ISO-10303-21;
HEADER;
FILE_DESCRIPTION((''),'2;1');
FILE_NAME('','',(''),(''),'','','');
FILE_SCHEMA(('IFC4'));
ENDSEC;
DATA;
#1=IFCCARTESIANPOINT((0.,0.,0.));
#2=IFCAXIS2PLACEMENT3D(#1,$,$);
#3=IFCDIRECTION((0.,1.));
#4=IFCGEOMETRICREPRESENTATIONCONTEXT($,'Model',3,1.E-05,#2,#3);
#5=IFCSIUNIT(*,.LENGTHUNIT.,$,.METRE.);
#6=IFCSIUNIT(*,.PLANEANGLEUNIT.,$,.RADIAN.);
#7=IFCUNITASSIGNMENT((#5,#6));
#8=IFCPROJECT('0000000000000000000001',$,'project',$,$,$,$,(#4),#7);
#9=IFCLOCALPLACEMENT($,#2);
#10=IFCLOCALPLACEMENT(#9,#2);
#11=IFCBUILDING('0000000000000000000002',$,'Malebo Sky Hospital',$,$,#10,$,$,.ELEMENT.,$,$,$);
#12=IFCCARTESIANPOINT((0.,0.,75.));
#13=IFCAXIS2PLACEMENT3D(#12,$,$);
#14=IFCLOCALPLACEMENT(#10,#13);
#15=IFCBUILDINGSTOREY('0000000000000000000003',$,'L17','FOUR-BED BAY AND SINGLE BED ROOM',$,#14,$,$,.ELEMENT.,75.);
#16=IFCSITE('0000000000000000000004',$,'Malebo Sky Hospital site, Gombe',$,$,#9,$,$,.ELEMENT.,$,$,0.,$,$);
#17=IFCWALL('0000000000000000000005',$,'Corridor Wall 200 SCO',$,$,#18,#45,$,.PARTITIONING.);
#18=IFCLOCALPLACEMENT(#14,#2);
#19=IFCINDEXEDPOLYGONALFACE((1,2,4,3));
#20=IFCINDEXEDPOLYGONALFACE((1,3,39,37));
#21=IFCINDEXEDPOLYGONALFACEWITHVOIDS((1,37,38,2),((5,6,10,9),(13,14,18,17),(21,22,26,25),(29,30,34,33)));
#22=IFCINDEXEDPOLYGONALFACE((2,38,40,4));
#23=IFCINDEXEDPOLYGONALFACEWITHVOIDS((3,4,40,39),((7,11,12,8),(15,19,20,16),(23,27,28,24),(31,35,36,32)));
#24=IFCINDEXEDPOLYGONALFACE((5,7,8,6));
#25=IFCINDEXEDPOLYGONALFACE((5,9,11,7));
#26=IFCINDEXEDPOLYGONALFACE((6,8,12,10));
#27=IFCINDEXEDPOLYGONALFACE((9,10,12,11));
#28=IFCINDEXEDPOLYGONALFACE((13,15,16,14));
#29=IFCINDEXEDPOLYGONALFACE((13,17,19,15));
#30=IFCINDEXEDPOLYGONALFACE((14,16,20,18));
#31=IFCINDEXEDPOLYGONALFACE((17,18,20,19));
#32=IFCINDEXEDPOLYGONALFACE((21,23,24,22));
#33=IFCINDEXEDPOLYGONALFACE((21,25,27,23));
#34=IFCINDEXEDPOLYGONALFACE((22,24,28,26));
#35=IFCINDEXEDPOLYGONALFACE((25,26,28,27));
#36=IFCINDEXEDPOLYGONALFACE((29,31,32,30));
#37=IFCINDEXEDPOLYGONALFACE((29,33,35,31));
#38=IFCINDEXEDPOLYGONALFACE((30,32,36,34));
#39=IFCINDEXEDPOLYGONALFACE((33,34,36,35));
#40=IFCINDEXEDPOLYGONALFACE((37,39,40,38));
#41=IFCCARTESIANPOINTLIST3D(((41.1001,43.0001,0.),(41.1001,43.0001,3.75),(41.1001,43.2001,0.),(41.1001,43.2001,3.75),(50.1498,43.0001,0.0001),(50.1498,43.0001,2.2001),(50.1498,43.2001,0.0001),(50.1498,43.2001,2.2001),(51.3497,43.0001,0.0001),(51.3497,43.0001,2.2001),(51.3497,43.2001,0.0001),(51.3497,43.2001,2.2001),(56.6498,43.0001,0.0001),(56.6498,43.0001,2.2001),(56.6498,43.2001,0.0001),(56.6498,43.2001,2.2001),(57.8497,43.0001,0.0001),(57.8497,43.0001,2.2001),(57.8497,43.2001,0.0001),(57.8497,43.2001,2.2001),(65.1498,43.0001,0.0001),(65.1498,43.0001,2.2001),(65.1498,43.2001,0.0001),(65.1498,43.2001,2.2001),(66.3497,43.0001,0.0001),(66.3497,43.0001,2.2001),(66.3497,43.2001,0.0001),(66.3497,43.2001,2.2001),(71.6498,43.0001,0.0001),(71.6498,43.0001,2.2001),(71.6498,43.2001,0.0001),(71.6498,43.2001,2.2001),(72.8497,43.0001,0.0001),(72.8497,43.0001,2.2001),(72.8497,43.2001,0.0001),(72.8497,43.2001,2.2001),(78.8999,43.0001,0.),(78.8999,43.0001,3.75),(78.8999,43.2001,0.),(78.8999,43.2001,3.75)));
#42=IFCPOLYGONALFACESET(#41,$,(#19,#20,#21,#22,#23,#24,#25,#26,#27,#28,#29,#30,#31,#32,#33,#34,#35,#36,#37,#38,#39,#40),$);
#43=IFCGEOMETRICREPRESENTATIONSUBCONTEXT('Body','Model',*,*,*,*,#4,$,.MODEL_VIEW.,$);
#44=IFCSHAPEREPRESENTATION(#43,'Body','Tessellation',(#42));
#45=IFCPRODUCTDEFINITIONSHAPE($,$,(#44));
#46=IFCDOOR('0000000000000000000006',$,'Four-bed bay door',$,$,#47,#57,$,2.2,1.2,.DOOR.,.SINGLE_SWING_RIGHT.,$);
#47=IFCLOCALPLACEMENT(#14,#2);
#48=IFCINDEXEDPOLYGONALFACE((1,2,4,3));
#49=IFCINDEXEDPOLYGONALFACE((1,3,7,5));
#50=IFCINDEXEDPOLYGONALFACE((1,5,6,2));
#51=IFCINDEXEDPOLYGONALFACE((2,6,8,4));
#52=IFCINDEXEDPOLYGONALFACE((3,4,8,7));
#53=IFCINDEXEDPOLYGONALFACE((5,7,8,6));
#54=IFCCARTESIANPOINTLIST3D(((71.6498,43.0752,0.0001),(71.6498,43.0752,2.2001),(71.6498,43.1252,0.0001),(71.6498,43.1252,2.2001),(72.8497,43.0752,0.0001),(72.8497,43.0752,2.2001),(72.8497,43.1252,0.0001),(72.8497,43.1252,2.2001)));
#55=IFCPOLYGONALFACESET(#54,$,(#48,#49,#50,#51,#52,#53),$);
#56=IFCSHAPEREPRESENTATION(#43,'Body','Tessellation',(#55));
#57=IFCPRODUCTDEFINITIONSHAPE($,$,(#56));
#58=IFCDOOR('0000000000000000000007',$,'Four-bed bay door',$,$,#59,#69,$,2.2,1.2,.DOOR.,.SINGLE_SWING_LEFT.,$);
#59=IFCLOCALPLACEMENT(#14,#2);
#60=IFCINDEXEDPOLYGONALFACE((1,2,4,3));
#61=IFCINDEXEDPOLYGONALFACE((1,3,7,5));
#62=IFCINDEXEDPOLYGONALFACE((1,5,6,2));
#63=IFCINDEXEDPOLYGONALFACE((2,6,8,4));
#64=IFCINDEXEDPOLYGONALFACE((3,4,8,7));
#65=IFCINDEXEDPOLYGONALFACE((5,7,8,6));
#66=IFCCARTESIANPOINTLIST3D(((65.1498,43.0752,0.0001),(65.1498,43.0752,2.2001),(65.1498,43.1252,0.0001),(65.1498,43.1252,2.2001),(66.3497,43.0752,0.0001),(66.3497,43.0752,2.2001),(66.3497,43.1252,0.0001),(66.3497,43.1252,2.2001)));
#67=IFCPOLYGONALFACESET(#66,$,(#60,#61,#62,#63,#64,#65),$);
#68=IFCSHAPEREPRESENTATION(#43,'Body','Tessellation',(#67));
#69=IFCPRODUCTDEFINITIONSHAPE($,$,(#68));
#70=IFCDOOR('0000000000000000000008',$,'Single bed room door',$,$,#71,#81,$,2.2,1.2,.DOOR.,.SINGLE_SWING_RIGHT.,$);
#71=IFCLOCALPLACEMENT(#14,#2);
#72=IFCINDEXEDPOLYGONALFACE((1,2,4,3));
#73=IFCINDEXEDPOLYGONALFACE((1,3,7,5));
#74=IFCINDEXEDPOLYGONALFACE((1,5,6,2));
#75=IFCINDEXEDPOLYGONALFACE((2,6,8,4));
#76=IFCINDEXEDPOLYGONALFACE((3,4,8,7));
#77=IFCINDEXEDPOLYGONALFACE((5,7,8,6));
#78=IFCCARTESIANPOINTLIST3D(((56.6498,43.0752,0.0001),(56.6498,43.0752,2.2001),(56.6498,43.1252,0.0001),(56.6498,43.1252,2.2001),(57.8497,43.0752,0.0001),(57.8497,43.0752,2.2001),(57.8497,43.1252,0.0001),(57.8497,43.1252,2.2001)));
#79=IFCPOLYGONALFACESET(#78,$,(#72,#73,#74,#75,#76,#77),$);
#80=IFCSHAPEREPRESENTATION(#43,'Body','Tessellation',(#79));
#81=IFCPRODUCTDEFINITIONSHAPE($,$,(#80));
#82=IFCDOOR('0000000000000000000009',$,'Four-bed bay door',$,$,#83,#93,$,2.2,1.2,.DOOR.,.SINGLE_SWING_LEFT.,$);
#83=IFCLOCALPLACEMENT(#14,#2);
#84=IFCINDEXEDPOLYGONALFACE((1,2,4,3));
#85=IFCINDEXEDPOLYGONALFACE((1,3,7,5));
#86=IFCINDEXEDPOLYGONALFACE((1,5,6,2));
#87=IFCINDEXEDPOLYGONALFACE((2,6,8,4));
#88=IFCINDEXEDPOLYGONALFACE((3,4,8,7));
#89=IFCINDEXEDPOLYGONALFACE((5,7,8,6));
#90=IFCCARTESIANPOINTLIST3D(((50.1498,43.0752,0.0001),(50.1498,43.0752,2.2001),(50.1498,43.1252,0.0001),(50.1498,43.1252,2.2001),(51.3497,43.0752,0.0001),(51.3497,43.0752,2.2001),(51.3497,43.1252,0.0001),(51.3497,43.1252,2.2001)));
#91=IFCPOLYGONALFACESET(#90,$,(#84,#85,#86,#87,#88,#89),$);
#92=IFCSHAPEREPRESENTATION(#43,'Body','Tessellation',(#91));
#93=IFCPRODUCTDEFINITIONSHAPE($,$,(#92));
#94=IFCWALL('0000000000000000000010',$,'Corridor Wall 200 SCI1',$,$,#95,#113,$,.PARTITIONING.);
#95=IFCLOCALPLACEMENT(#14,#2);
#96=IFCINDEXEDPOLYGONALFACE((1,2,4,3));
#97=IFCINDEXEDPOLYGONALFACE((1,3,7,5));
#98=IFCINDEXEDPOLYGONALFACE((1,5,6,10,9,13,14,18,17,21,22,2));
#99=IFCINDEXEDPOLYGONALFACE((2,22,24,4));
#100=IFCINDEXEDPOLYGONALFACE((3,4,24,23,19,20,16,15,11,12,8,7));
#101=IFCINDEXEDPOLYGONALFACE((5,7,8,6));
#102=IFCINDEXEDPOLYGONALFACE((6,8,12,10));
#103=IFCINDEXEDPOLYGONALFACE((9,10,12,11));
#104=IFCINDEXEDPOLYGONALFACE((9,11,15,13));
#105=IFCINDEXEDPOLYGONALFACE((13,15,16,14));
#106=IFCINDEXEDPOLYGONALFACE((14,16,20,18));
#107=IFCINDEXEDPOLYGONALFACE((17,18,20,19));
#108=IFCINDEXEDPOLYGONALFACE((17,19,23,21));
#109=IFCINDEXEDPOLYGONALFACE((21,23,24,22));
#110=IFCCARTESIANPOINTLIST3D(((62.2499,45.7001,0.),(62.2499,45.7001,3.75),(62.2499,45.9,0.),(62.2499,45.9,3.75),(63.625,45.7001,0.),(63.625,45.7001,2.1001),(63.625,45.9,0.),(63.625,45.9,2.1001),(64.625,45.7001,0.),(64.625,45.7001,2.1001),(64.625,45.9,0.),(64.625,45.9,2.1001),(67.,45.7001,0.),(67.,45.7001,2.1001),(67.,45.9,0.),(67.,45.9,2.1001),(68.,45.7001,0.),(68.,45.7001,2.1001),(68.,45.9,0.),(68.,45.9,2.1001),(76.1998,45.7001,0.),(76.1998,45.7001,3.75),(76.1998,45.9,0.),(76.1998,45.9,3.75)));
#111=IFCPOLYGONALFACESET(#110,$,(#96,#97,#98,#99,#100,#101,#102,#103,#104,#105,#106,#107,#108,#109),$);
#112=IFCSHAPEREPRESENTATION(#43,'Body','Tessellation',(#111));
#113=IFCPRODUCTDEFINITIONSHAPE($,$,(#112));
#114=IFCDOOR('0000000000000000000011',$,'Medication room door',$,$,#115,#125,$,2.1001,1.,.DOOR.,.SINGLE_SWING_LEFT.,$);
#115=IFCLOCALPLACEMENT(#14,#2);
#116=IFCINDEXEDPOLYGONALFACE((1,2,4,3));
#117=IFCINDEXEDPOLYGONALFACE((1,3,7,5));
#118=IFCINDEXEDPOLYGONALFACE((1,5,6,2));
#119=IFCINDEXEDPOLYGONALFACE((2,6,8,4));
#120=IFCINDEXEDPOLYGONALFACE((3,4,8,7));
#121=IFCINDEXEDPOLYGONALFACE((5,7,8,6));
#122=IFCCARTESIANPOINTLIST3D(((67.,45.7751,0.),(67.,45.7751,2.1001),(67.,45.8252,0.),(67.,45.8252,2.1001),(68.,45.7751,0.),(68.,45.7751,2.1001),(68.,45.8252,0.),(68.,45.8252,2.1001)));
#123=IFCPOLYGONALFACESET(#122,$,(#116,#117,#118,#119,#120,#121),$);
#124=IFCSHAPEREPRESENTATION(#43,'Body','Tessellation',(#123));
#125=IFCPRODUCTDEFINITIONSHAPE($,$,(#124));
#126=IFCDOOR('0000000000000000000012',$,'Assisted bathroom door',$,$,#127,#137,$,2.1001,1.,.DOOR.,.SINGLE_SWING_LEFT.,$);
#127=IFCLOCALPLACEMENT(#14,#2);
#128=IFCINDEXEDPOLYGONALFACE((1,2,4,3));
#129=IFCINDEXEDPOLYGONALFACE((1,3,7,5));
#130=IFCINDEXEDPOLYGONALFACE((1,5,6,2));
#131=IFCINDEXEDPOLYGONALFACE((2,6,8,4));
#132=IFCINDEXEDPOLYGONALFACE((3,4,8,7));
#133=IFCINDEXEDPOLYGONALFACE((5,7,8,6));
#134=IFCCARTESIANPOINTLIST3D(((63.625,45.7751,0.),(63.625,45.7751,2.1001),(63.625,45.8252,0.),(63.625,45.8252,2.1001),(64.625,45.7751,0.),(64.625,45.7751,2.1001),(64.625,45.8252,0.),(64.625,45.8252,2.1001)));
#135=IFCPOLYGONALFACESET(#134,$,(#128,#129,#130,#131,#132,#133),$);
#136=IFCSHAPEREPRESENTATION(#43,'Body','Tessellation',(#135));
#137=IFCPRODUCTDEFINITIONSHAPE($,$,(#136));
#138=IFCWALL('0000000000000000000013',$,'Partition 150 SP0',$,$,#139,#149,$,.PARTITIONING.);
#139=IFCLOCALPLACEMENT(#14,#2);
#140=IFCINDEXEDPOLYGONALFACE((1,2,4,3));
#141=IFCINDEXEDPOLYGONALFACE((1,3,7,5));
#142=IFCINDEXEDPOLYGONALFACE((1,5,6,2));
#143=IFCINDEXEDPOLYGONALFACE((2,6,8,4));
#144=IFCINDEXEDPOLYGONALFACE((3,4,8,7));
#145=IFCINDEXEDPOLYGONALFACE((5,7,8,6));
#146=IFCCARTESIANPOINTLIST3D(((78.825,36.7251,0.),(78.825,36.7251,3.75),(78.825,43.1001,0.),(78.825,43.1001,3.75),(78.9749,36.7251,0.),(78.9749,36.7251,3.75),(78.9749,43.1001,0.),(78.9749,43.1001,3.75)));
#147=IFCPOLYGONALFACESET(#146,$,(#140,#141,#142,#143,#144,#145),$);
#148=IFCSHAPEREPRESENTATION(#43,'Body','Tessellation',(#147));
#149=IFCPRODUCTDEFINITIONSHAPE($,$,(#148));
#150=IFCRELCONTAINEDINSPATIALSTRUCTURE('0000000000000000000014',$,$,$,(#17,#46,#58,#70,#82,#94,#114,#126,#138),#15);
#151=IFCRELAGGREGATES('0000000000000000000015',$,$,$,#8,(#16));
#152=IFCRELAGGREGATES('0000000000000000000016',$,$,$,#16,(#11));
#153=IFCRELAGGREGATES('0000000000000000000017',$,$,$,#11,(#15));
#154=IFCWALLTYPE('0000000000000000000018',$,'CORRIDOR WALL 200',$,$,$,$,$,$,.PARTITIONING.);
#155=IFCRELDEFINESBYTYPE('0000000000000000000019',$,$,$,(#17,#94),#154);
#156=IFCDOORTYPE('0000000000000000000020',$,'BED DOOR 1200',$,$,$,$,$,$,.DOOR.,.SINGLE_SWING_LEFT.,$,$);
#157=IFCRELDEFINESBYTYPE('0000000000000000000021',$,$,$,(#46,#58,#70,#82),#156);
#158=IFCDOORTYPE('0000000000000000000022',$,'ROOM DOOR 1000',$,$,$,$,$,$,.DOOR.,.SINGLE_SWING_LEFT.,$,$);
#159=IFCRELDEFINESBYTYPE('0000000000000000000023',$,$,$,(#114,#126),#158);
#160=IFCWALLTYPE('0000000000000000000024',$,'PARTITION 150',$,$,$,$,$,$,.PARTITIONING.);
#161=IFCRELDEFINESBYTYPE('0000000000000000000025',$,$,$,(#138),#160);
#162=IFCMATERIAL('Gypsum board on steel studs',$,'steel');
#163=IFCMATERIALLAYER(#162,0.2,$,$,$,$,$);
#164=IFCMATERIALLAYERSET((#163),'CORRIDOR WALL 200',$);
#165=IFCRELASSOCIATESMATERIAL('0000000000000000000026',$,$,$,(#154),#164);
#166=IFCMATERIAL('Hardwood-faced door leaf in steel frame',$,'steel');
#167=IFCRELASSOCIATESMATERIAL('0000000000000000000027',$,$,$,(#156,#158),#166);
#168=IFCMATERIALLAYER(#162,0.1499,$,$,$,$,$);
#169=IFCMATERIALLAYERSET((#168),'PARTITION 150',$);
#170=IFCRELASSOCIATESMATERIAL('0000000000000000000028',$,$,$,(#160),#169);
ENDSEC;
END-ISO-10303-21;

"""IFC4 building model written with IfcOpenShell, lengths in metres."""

from ifc_helpers import new_model, si_unit, direction, frame, frame_2d, origin, place, context, subcontext, project, spatial, rectangle, extrude, material, layer, layer_set, type_object, element, fill, save


model = new_model("IFC4")

# Units and contexts
model_context = context("Model", 3, precision=1e-05, world=origin(), true_north=direction((0.0, 1.0)))
body_context = subcontext(model_context, "Body", "Model", "MODEL_VIEW")
ifc_project = project(units=[si_unit("LENGTHUNIT", "METRE"), si_unit("PLANEANGLEUNIT", "RADIAN")], contexts=[model_context])

# Site, building, storey
site_placement = place(None, origin())
site = spatial("IfcSite", under=ifc_project, at=site_placement, Name="Malebo Sky Hospital site, Gombe", CompositionType="ELEMENT", RefElevation=0.0)
building_placement = place(site_placement, origin())
building = spatial("IfcBuilding", under=site, at=building_placement, Name="Malebo Sky Hospital", CompositionType="ELEMENT")
storey_placement = place(building_placement, frame((0.0, 0.0, 75.0)))
storey = spatial("IfcBuildingStorey", under=building, at=storey_placement, Name="L17", Description="FOUR-BED BAY AND SINGLE BED ROOM", CompositionType="ELEMENT", Elevation=75.0)

# Walls, openings, doors
ifc_material_1 = material(Name="Gypsum board on steel studs", Category="steel")
ifc_layer_1 = layer(ifc_material_1, 0.2)
ifc_layer_set_1 = layer_set([ifc_layer_1], Name="CORRIDOR WALL 200")
wall_type_1 = type_object("IfcWallType", Name="CORRIDOR WALL 200", PredefinedType="PARTITIONING", material=ifc_layer_set_1)
wall_1_placement = place(storey_placement, frame((78.8999, 43.1001, 0.0), z_axis=(0.0, 0.0, 1.0), x_axis=(-1.0, 0.0, 0.0)))
wall_1 = element("IfcWall", 1, at=wall_1_placement, inside=storey, type_object=wall_type_1, Name="Corridor Wall 200 SCO", PredefinedType="PARTITIONING", context=body_context, shape_type="SweptSolid", body=[
    extrude(rectangle(XDim=37.7998, YDim=0.2, at=frame_2d((18.8999, 0.0))), origin(), (0.0, 0.0, 1.0), 3.75),
])
opening_1_placement = place(wall_1_placement, frame((6.05, 0.0, 0.0)))
opening_1 = element("IfcOpeningElement", 2, at=opening_1_placement, cuts=wall_1, PredefinedType="OPENING", context=body_context, shape_type="SweptSolid", body=[
    extrude(rectangle(XDim=1.2, YDim=2.2, at=frame_2d((0.6001, 1.1001))), frame((0.0, 0.1099, 0.0), z_axis=(0.0, -1.0, 0.0), x_axis=(1.0, 0.0, 0.0)), (0.0, 0.0, 1.0), 0.22),
])
opening_2_placement = place(wall_1_placement, frame((12.55, 0.0, 0.0)))
opening_2 = element("IfcOpeningElement", 3, at=opening_2_placement, cuts=wall_1, PredefinedType="OPENING", context=body_context, shape_type="SweptSolid", body=[
    extrude(rectangle(XDim=1.2, YDim=2.2, at=frame_2d((0.6001, 1.1001))), frame((0.0, 0.1099, 0.0), z_axis=(0.0, -1.0, 0.0), x_axis=(1.0, 0.0, 0.0)), (0.0, 0.0, 1.0), 0.22),
])
opening_3_placement = place(wall_1_placement, frame((21.05, 0.0, 0.0)))
opening_3 = element("IfcOpeningElement", 4, at=opening_3_placement, cuts=wall_1, PredefinedType="OPENING", context=body_context, shape_type="SweptSolid", body=[
    extrude(rectangle(XDim=1.2, YDim=2.2, at=frame_2d((0.6001, 1.1001))), frame((0.0, 0.1099, 0.0), z_axis=(0.0, -1.0, 0.0), x_axis=(1.0, 0.0, 0.0)), (0.0, 0.0, 1.0), 0.22),
])
opening_4_placement = place(wall_1_placement, frame((27.55, 0.0, 0.0)))
opening_4 = element("IfcOpeningElement", 5, at=opening_4_placement, cuts=wall_1, PredefinedType="OPENING", context=body_context, shape_type="SweptSolid", body=[
    extrude(rectangle(XDim=1.2, YDim=2.2, at=frame_2d((0.6001, 1.1001))), frame((0.0, 0.1099, 0.0), z_axis=(0.0, -1.0, 0.0), x_axis=(1.0, 0.0, 0.0)), (0.0, 0.0, 1.0), 0.22),
])
ifc_material_2 = material(Name="Hardwood-faced door leaf in steel frame", Category="steel")
door_type_1 = type_object("IfcDoorType", Name="BED DOOR 1200", OperationType="SINGLE_SWING_LEFT", PredefinedType="DOOR", material=ifc_material_2)
door_1_placement = place(opening_1_placement, origin())
door_1 = element("IfcDoor", 6, at=door_1_placement, inside=storey, type_object=door_type_1, Name="Four-bed bay door", OperationType="SINGLE_SWING_RIGHT", OverallHeight=2.2, OverallWidth=1.2, PredefinedType="DOOR", context=body_context, shape_type="SweptSolid", body=[
    extrude(rectangle(XDim=1.2, YDim=2.2, at=frame_2d((0.6001, 1.1001))), frame((0.0, 0.0249, 0.0), z_axis=(0.0, -1.0, 0.0), x_axis=(1.0, 0.0, 0.0)), (0.0, 0.0, 1.0), 0.05),
])
fill(opening_1, door_1)
door_2_placement = place(opening_2_placement, origin())
door_2 = element("IfcDoor", 7, at=door_2_placement, inside=storey, type_object=door_type_1, Name="Four-bed bay door", OperationType="SINGLE_SWING_LEFT", OverallHeight=2.2, OverallWidth=1.2, PredefinedType="DOOR", context=body_context, shape_type="SweptSolid", body=[
    extrude(rectangle(XDim=1.2, YDim=2.2, at=frame_2d((0.6001, 1.1001))), frame((0.0, 0.0249, 0.0), z_axis=(0.0, -1.0, 0.0), x_axis=(1.0, 0.0, 0.0)), (0.0, 0.0, 1.0), 0.05),
])
fill(opening_2, door_2)
door_3_placement = place(opening_3_placement, origin())
door_3 = element("IfcDoor", 8, at=door_3_placement, inside=storey, type_object=door_type_1, Name="Single bed room door", OperationType="SINGLE_SWING_RIGHT", OverallHeight=2.2, OverallWidth=1.2, PredefinedType="DOOR", context=body_context, shape_type="SweptSolid", body=[
    extrude(rectangle(XDim=1.2, YDim=2.2, at=frame_2d((0.6001, 1.1001))), frame((0.0, 0.0249, 0.0), z_axis=(0.0, -1.0, 0.0), x_axis=(1.0, 0.0, 0.0)), (0.0, 0.0, 1.0), 0.05),
])
fill(opening_3, door_3)
door_4_placement = place(opening_4_placement, origin())
door_4 = element("IfcDoor", 9, at=door_4_placement, inside=storey, type_object=door_type_1, Name="Four-bed bay door", OperationType="SINGLE_SWING_LEFT", OverallHeight=2.2, OverallWidth=1.2, PredefinedType="DOOR", context=body_context, shape_type="SweptSolid", body=[
    extrude(rectangle(XDim=1.2, YDim=2.2, at=frame_2d((0.6001, 1.1001))), frame((0.0, 0.0249, 0.0), z_axis=(0.0, -1.0, 0.0), x_axis=(1.0, 0.0, 0.0)), (0.0, 0.0, 1.0), 0.05),
])
fill(opening_4, door_4)
wall_2_placement = place(storey_placement, frame((76.2, 45.8, 0.0), z_axis=(0.0, 0.0, 1.0), x_axis=(-1.0, 0.0, 0.0)))
wall_2 = element("IfcWall", 10, at=wall_2_placement, inside=storey, type_object=wall_type_1, Name="Corridor Wall 200 SCI1", PredefinedType="PARTITIONING", context=body_context, shape_type="SweptSolid", body=[
    extrude(rectangle(XDim=13.95, YDim=0.2, at=frame_2d((6.9751, 0.0))), origin(), (0.0, 0.0, 1.0), 3.75),
])
opening_5_placement = place(wall_2_placement, frame((8.2, 0.0, 0.0)))
opening_5 = element("IfcOpeningElement", 11, at=opening_5_placement, cuts=wall_2, PredefinedType="OPENING", context=body_context, shape_type="SweptSolid", body=[
    extrude(rectangle(XDim=1.0, YDim=2.1001, at=frame_2d((0.5, 1.05))), frame((0.0, 0.1099, 0.0), z_axis=(0.0, -1.0, 0.0), x_axis=(1.0, 0.0, 0.0)), (0.0, 0.0, 1.0), 0.22),
])
opening_6_placement = place(wall_2_placement, frame((11.575, 0.0, 0.0)))
opening_6 = element("IfcOpeningElement", 12, at=opening_6_placement, cuts=wall_2, PredefinedType="OPENING", context=body_context, shape_type="SweptSolid", body=[
    extrude(rectangle(XDim=1.0, YDim=2.1001, at=frame_2d((0.5, 1.05))), frame((0.0, 0.1099, 0.0), z_axis=(0.0, -1.0, 0.0), x_axis=(1.0, 0.0, 0.0)), (0.0, 0.0, 1.0), 0.22),
])
door_type_2 = type_object("IfcDoorType", Name="ROOM DOOR 1000", OperationType="SINGLE_SWING_LEFT", PredefinedType="DOOR", material=ifc_material_2)
door_5_placement = place(opening_5_placement, origin())
door_5 = element("IfcDoor", 13, at=door_5_placement, inside=storey, type_object=door_type_2, Name="Medication room door", OperationType="SINGLE_SWING_LEFT", OverallHeight=2.1001, OverallWidth=1.0, PredefinedType="DOOR", context=body_context, shape_type="SweptSolid", body=[
    extrude(rectangle(XDim=1.0, YDim=2.1001, at=frame_2d((0.5, 1.05))), frame((0.0, 0.0249, 0.0), z_axis=(0.0, -1.0, 0.0), x_axis=(1.0, 0.0, 0.0)), (0.0, 0.0, 1.0), 0.05),
])
fill(opening_5, door_5)
door_6_placement = place(opening_6_placement, origin())
door_6 = element("IfcDoor", 14, at=door_6_placement, inside=storey, type_object=door_type_2, Name="Assisted bathroom door", OperationType="SINGLE_SWING_LEFT", OverallHeight=2.1001, OverallWidth=1.0, PredefinedType="DOOR", context=body_context, shape_type="SweptSolid", body=[
    extrude(rectangle(XDim=1.0, YDim=2.1001, at=frame_2d((0.5, 1.05))), frame((0.0, 0.0249, 0.0), z_axis=(0.0, -1.0, 0.0), x_axis=(1.0, 0.0, 0.0)), (0.0, 0.0, 1.0), 0.05),
])
fill(opening_6, door_6)

# Wall
ifc_layer_2 = layer(ifc_material_1, 0.1499)
ifc_layer_set_2 = layer_set([ifc_layer_2], Name="PARTITION 150")
wall_type_2 = type_object("IfcWallType", Name="PARTITION 150", PredefinedType="PARTITIONING", material=ifc_layer_set_2)
wall_3_placement = place(storey_placement, frame((78.8999, 43.1001, 0.0), z_axis=(0.0, 0.0, 1.0), x_axis=(0.0, -1.0, 0.0)))
element("IfcWall", 15, at=wall_3_placement, inside=storey, type_object=wall_type_2, Name="Partition 150 SP0", PredefinedType="PARTITIONING", context=body_context, shape_type="SweptSolid", body=[
    extrude(rectangle(XDim=6.375, YDim=0.1499, at=frame_2d((3.1875, 0.0))), origin(), (0.0, 0.0, 1.0), 3.75),
])

save(model, "model.ifc")
